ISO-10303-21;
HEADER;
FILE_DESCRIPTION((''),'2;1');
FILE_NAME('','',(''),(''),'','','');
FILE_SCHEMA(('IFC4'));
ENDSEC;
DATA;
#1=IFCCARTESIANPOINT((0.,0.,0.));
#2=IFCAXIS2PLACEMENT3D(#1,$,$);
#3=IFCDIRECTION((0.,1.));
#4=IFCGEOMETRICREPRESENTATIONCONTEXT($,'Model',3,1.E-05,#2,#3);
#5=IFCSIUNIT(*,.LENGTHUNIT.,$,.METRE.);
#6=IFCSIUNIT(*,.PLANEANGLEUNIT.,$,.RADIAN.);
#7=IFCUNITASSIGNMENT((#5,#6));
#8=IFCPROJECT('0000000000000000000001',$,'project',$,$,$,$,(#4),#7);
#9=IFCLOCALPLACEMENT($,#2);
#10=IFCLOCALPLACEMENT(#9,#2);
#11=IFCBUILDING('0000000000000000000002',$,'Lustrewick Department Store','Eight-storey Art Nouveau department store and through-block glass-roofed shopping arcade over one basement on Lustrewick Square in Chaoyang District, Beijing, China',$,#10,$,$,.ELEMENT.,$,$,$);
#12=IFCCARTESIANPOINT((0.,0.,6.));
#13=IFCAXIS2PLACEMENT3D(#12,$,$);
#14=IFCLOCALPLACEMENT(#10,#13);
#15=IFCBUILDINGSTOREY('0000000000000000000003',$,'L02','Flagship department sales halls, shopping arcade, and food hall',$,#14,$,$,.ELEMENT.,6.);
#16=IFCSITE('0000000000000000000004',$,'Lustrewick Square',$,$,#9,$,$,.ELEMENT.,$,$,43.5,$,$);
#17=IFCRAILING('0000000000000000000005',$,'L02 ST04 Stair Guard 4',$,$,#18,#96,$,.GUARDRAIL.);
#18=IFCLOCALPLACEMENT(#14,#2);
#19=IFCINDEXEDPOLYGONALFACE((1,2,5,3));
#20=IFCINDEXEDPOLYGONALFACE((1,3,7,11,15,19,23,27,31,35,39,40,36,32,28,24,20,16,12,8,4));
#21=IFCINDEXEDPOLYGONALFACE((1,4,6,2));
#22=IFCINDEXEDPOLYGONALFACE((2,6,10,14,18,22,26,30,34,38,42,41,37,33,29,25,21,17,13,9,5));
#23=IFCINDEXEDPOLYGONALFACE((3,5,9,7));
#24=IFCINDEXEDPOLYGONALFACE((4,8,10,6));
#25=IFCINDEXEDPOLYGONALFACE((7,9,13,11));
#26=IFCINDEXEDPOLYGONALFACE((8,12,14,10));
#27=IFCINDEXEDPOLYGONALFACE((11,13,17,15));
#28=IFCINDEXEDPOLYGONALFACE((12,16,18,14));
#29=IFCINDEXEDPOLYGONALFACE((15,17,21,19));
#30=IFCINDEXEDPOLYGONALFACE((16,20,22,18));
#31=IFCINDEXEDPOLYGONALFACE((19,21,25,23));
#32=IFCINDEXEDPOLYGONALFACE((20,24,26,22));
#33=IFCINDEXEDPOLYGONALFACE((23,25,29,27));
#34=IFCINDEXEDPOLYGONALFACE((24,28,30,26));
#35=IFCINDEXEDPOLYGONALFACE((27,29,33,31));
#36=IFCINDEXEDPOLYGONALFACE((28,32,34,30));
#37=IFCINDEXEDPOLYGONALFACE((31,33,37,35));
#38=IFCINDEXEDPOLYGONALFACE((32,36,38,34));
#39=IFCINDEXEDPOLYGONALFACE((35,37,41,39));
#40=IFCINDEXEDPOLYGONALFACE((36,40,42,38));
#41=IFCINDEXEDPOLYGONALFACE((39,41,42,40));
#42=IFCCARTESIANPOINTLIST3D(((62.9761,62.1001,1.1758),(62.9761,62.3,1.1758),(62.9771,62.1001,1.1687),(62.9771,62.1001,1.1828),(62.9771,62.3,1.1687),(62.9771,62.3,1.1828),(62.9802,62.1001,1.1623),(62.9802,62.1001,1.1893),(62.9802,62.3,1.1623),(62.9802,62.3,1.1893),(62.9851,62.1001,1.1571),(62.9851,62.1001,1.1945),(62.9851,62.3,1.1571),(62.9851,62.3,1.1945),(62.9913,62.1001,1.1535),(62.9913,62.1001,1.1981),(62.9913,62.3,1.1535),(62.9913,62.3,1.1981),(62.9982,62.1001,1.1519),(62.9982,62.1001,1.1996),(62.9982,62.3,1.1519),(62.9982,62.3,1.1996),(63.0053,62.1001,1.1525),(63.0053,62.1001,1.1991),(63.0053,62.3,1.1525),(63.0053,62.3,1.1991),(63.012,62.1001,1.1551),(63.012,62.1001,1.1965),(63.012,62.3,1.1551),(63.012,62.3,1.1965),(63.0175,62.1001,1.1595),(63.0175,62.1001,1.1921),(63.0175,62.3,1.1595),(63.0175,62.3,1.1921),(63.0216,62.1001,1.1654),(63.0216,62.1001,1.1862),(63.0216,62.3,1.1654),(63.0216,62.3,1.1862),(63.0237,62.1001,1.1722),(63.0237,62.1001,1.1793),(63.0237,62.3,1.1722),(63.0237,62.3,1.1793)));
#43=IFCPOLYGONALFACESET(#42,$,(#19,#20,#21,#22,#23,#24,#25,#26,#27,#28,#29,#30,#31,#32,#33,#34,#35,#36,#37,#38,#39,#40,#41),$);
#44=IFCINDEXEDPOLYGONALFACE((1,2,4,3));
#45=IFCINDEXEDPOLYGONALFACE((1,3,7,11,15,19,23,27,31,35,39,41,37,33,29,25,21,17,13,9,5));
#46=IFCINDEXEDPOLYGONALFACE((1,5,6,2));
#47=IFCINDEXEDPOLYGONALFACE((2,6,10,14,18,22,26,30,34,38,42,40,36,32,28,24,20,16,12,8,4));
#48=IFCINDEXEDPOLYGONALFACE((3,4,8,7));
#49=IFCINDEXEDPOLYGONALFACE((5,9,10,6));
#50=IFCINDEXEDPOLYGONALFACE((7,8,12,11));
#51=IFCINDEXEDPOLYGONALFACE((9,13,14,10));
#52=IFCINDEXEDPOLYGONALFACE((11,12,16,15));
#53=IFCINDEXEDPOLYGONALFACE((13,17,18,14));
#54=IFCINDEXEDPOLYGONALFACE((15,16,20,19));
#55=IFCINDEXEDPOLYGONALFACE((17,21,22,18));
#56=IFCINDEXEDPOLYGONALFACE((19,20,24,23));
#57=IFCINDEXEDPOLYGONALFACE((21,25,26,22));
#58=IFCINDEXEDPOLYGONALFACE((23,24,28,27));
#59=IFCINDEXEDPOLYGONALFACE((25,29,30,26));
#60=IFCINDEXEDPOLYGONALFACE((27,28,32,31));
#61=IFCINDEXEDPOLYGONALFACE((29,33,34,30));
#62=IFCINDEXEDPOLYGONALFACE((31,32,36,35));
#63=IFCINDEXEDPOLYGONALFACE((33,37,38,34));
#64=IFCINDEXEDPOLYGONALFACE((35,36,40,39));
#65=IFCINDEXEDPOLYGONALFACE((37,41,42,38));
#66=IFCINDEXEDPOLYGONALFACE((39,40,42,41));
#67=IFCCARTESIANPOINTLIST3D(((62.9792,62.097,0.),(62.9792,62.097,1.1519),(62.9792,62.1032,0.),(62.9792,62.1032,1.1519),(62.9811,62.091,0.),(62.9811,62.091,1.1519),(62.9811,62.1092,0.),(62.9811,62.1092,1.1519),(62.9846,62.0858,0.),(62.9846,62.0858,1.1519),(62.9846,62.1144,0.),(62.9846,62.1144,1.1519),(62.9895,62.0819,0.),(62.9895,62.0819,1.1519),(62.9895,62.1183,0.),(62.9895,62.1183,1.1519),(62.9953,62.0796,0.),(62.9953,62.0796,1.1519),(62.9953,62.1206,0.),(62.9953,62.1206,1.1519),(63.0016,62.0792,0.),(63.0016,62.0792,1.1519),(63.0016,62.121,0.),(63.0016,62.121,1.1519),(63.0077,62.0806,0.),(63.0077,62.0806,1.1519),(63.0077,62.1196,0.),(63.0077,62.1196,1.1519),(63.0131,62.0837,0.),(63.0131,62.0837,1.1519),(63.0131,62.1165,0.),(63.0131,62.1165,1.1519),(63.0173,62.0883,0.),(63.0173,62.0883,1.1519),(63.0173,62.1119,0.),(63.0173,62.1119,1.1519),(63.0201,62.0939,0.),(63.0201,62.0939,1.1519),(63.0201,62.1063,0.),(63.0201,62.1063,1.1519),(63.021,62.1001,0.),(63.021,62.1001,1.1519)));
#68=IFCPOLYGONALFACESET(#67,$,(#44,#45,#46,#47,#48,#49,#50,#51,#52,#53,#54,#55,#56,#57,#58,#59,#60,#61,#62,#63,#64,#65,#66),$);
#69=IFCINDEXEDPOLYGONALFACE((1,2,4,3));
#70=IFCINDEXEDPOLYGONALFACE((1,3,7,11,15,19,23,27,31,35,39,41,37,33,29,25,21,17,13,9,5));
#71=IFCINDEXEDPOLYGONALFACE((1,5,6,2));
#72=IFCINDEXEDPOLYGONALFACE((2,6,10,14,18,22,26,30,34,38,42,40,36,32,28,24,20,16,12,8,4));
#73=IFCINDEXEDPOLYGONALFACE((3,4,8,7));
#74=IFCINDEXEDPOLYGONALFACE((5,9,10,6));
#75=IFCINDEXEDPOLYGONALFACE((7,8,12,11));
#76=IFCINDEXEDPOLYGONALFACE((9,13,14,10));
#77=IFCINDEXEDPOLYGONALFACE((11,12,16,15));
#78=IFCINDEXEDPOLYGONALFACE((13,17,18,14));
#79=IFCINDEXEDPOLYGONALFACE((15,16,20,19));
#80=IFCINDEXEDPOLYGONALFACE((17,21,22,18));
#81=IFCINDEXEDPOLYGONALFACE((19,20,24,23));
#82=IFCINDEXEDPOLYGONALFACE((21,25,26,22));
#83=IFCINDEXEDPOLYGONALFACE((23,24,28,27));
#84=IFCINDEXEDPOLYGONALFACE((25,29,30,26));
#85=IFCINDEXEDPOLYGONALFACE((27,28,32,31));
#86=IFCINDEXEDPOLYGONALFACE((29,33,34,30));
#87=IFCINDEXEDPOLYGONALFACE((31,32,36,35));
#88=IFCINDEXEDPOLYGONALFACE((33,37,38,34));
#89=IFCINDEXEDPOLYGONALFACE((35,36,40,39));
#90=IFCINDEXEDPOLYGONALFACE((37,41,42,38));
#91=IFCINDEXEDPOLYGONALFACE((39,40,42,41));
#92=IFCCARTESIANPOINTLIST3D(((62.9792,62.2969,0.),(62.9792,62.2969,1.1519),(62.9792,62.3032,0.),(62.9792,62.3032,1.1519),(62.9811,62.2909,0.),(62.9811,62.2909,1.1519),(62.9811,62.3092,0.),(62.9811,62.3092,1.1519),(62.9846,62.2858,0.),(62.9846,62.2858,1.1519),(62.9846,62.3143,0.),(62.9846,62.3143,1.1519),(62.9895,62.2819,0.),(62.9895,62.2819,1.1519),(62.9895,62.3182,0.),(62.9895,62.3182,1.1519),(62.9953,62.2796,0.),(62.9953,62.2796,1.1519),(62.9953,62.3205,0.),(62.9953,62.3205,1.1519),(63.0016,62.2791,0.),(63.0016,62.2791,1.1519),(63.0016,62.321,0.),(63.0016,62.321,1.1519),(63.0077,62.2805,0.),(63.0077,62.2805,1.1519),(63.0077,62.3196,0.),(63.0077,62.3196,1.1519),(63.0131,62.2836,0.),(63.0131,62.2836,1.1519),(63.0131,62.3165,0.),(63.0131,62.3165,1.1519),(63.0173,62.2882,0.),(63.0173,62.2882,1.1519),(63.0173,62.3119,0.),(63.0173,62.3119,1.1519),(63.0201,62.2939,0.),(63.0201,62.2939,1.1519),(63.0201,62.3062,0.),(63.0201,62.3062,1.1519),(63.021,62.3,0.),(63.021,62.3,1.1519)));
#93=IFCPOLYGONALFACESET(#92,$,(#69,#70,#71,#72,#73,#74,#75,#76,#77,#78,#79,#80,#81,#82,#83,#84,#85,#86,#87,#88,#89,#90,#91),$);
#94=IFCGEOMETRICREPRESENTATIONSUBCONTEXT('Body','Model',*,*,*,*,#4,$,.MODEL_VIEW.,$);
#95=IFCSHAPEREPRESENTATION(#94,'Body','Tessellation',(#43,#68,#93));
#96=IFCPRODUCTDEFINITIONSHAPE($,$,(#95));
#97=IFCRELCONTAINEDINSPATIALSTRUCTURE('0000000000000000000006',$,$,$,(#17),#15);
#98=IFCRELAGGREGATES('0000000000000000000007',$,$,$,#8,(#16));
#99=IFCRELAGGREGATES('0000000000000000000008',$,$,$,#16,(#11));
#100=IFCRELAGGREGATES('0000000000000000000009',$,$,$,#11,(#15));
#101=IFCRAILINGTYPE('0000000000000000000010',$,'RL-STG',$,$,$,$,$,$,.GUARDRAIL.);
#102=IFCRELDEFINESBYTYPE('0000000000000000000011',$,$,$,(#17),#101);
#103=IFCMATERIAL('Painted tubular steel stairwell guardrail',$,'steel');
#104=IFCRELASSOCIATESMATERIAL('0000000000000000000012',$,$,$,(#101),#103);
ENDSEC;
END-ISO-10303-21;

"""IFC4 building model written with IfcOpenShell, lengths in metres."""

from ifc_helpers import new_model, si_unit, direction, frame, origin, origin_2d, place, context, subcontext, project, spatial, circle, extrude, material, type_object, element, save


model = new_model("IFC4")

# Units and contexts
model_context = context("Model", 3, precision=1e-05, world=origin(), true_north=direction((0.0, 1.0)))
body_context = subcontext(model_context, "Body", "Model", "MODEL_VIEW")
ifc_project = project(units=[si_unit("LENGTHUNIT", "METRE"), si_unit("PLANEANGLEUNIT", "RADIAN")], contexts=[model_context])

# Site, building, storey
site_placement = place(None, origin())
site = spatial("IfcSite", under=ifc_project, at=site_placement, Name="Lustrewick Square", CompositionType="ELEMENT", RefElevation=43.5)
building_placement = place(site_placement, origin())
building = spatial("IfcBuilding", under=site, at=building_placement, Name="Lustrewick Department Store", Description="Eight-storey Art Nouveau department store and through-block glass-roofed shopping arcade over one basement on Lustrewick Square in Chaoyang District, Beijing, China", CompositionType="ELEMENT")
storey_placement = place(building_placement, frame((0.0, 0.0, 6.0)))
storey = spatial("IfcBuildingStorey", under=building, at=storey_placement, Name="L02", Description="Flagship department sales halls, shopping arcade, and food hall", CompositionType="ELEMENT", Elevation=6.0)

# Railing
ifc_material_1 = material(Name="Painted tubular steel stairwell guardrail", Category="steel")
railing_type_1 = type_object("IfcRailingType", Name="RL-STG", PredefinedType="GUARDRAIL", material=ifc_material_1)
railing_1_placement = place(storey_placement, frame((63.0, 62.1001, 0.0)))
element("IfcRailing", 1, at=railing_1_placement, inside=storey, type_object=railing_type_1, Name="L02 ST04 Stair Guard 4", PredefinedType="GUARDRAIL", context=body_context, shape_type="SweptSolid", body=[
    extrude(circle(Radius=0.0239, at=origin_2d()), frame((0.0, 0.0, 1.1758), z_axis=(0.0, 1.0, 0.0), x_axis=(-1.0, 0.0, 0.0)), (0.0, 0.0, 1.0), 0.2),
    extrude(circle(Radius=0.021, at=origin_2d()), origin(), (0.0, 0.0, 1.0), 1.1519),
    extrude(circle(Radius=0.021, at=origin_2d()), frame((0.0, 0.2, 0.0)), (0.0, 0.0, 1.0), 1.1519),
])

save(model, "model.ifc")
